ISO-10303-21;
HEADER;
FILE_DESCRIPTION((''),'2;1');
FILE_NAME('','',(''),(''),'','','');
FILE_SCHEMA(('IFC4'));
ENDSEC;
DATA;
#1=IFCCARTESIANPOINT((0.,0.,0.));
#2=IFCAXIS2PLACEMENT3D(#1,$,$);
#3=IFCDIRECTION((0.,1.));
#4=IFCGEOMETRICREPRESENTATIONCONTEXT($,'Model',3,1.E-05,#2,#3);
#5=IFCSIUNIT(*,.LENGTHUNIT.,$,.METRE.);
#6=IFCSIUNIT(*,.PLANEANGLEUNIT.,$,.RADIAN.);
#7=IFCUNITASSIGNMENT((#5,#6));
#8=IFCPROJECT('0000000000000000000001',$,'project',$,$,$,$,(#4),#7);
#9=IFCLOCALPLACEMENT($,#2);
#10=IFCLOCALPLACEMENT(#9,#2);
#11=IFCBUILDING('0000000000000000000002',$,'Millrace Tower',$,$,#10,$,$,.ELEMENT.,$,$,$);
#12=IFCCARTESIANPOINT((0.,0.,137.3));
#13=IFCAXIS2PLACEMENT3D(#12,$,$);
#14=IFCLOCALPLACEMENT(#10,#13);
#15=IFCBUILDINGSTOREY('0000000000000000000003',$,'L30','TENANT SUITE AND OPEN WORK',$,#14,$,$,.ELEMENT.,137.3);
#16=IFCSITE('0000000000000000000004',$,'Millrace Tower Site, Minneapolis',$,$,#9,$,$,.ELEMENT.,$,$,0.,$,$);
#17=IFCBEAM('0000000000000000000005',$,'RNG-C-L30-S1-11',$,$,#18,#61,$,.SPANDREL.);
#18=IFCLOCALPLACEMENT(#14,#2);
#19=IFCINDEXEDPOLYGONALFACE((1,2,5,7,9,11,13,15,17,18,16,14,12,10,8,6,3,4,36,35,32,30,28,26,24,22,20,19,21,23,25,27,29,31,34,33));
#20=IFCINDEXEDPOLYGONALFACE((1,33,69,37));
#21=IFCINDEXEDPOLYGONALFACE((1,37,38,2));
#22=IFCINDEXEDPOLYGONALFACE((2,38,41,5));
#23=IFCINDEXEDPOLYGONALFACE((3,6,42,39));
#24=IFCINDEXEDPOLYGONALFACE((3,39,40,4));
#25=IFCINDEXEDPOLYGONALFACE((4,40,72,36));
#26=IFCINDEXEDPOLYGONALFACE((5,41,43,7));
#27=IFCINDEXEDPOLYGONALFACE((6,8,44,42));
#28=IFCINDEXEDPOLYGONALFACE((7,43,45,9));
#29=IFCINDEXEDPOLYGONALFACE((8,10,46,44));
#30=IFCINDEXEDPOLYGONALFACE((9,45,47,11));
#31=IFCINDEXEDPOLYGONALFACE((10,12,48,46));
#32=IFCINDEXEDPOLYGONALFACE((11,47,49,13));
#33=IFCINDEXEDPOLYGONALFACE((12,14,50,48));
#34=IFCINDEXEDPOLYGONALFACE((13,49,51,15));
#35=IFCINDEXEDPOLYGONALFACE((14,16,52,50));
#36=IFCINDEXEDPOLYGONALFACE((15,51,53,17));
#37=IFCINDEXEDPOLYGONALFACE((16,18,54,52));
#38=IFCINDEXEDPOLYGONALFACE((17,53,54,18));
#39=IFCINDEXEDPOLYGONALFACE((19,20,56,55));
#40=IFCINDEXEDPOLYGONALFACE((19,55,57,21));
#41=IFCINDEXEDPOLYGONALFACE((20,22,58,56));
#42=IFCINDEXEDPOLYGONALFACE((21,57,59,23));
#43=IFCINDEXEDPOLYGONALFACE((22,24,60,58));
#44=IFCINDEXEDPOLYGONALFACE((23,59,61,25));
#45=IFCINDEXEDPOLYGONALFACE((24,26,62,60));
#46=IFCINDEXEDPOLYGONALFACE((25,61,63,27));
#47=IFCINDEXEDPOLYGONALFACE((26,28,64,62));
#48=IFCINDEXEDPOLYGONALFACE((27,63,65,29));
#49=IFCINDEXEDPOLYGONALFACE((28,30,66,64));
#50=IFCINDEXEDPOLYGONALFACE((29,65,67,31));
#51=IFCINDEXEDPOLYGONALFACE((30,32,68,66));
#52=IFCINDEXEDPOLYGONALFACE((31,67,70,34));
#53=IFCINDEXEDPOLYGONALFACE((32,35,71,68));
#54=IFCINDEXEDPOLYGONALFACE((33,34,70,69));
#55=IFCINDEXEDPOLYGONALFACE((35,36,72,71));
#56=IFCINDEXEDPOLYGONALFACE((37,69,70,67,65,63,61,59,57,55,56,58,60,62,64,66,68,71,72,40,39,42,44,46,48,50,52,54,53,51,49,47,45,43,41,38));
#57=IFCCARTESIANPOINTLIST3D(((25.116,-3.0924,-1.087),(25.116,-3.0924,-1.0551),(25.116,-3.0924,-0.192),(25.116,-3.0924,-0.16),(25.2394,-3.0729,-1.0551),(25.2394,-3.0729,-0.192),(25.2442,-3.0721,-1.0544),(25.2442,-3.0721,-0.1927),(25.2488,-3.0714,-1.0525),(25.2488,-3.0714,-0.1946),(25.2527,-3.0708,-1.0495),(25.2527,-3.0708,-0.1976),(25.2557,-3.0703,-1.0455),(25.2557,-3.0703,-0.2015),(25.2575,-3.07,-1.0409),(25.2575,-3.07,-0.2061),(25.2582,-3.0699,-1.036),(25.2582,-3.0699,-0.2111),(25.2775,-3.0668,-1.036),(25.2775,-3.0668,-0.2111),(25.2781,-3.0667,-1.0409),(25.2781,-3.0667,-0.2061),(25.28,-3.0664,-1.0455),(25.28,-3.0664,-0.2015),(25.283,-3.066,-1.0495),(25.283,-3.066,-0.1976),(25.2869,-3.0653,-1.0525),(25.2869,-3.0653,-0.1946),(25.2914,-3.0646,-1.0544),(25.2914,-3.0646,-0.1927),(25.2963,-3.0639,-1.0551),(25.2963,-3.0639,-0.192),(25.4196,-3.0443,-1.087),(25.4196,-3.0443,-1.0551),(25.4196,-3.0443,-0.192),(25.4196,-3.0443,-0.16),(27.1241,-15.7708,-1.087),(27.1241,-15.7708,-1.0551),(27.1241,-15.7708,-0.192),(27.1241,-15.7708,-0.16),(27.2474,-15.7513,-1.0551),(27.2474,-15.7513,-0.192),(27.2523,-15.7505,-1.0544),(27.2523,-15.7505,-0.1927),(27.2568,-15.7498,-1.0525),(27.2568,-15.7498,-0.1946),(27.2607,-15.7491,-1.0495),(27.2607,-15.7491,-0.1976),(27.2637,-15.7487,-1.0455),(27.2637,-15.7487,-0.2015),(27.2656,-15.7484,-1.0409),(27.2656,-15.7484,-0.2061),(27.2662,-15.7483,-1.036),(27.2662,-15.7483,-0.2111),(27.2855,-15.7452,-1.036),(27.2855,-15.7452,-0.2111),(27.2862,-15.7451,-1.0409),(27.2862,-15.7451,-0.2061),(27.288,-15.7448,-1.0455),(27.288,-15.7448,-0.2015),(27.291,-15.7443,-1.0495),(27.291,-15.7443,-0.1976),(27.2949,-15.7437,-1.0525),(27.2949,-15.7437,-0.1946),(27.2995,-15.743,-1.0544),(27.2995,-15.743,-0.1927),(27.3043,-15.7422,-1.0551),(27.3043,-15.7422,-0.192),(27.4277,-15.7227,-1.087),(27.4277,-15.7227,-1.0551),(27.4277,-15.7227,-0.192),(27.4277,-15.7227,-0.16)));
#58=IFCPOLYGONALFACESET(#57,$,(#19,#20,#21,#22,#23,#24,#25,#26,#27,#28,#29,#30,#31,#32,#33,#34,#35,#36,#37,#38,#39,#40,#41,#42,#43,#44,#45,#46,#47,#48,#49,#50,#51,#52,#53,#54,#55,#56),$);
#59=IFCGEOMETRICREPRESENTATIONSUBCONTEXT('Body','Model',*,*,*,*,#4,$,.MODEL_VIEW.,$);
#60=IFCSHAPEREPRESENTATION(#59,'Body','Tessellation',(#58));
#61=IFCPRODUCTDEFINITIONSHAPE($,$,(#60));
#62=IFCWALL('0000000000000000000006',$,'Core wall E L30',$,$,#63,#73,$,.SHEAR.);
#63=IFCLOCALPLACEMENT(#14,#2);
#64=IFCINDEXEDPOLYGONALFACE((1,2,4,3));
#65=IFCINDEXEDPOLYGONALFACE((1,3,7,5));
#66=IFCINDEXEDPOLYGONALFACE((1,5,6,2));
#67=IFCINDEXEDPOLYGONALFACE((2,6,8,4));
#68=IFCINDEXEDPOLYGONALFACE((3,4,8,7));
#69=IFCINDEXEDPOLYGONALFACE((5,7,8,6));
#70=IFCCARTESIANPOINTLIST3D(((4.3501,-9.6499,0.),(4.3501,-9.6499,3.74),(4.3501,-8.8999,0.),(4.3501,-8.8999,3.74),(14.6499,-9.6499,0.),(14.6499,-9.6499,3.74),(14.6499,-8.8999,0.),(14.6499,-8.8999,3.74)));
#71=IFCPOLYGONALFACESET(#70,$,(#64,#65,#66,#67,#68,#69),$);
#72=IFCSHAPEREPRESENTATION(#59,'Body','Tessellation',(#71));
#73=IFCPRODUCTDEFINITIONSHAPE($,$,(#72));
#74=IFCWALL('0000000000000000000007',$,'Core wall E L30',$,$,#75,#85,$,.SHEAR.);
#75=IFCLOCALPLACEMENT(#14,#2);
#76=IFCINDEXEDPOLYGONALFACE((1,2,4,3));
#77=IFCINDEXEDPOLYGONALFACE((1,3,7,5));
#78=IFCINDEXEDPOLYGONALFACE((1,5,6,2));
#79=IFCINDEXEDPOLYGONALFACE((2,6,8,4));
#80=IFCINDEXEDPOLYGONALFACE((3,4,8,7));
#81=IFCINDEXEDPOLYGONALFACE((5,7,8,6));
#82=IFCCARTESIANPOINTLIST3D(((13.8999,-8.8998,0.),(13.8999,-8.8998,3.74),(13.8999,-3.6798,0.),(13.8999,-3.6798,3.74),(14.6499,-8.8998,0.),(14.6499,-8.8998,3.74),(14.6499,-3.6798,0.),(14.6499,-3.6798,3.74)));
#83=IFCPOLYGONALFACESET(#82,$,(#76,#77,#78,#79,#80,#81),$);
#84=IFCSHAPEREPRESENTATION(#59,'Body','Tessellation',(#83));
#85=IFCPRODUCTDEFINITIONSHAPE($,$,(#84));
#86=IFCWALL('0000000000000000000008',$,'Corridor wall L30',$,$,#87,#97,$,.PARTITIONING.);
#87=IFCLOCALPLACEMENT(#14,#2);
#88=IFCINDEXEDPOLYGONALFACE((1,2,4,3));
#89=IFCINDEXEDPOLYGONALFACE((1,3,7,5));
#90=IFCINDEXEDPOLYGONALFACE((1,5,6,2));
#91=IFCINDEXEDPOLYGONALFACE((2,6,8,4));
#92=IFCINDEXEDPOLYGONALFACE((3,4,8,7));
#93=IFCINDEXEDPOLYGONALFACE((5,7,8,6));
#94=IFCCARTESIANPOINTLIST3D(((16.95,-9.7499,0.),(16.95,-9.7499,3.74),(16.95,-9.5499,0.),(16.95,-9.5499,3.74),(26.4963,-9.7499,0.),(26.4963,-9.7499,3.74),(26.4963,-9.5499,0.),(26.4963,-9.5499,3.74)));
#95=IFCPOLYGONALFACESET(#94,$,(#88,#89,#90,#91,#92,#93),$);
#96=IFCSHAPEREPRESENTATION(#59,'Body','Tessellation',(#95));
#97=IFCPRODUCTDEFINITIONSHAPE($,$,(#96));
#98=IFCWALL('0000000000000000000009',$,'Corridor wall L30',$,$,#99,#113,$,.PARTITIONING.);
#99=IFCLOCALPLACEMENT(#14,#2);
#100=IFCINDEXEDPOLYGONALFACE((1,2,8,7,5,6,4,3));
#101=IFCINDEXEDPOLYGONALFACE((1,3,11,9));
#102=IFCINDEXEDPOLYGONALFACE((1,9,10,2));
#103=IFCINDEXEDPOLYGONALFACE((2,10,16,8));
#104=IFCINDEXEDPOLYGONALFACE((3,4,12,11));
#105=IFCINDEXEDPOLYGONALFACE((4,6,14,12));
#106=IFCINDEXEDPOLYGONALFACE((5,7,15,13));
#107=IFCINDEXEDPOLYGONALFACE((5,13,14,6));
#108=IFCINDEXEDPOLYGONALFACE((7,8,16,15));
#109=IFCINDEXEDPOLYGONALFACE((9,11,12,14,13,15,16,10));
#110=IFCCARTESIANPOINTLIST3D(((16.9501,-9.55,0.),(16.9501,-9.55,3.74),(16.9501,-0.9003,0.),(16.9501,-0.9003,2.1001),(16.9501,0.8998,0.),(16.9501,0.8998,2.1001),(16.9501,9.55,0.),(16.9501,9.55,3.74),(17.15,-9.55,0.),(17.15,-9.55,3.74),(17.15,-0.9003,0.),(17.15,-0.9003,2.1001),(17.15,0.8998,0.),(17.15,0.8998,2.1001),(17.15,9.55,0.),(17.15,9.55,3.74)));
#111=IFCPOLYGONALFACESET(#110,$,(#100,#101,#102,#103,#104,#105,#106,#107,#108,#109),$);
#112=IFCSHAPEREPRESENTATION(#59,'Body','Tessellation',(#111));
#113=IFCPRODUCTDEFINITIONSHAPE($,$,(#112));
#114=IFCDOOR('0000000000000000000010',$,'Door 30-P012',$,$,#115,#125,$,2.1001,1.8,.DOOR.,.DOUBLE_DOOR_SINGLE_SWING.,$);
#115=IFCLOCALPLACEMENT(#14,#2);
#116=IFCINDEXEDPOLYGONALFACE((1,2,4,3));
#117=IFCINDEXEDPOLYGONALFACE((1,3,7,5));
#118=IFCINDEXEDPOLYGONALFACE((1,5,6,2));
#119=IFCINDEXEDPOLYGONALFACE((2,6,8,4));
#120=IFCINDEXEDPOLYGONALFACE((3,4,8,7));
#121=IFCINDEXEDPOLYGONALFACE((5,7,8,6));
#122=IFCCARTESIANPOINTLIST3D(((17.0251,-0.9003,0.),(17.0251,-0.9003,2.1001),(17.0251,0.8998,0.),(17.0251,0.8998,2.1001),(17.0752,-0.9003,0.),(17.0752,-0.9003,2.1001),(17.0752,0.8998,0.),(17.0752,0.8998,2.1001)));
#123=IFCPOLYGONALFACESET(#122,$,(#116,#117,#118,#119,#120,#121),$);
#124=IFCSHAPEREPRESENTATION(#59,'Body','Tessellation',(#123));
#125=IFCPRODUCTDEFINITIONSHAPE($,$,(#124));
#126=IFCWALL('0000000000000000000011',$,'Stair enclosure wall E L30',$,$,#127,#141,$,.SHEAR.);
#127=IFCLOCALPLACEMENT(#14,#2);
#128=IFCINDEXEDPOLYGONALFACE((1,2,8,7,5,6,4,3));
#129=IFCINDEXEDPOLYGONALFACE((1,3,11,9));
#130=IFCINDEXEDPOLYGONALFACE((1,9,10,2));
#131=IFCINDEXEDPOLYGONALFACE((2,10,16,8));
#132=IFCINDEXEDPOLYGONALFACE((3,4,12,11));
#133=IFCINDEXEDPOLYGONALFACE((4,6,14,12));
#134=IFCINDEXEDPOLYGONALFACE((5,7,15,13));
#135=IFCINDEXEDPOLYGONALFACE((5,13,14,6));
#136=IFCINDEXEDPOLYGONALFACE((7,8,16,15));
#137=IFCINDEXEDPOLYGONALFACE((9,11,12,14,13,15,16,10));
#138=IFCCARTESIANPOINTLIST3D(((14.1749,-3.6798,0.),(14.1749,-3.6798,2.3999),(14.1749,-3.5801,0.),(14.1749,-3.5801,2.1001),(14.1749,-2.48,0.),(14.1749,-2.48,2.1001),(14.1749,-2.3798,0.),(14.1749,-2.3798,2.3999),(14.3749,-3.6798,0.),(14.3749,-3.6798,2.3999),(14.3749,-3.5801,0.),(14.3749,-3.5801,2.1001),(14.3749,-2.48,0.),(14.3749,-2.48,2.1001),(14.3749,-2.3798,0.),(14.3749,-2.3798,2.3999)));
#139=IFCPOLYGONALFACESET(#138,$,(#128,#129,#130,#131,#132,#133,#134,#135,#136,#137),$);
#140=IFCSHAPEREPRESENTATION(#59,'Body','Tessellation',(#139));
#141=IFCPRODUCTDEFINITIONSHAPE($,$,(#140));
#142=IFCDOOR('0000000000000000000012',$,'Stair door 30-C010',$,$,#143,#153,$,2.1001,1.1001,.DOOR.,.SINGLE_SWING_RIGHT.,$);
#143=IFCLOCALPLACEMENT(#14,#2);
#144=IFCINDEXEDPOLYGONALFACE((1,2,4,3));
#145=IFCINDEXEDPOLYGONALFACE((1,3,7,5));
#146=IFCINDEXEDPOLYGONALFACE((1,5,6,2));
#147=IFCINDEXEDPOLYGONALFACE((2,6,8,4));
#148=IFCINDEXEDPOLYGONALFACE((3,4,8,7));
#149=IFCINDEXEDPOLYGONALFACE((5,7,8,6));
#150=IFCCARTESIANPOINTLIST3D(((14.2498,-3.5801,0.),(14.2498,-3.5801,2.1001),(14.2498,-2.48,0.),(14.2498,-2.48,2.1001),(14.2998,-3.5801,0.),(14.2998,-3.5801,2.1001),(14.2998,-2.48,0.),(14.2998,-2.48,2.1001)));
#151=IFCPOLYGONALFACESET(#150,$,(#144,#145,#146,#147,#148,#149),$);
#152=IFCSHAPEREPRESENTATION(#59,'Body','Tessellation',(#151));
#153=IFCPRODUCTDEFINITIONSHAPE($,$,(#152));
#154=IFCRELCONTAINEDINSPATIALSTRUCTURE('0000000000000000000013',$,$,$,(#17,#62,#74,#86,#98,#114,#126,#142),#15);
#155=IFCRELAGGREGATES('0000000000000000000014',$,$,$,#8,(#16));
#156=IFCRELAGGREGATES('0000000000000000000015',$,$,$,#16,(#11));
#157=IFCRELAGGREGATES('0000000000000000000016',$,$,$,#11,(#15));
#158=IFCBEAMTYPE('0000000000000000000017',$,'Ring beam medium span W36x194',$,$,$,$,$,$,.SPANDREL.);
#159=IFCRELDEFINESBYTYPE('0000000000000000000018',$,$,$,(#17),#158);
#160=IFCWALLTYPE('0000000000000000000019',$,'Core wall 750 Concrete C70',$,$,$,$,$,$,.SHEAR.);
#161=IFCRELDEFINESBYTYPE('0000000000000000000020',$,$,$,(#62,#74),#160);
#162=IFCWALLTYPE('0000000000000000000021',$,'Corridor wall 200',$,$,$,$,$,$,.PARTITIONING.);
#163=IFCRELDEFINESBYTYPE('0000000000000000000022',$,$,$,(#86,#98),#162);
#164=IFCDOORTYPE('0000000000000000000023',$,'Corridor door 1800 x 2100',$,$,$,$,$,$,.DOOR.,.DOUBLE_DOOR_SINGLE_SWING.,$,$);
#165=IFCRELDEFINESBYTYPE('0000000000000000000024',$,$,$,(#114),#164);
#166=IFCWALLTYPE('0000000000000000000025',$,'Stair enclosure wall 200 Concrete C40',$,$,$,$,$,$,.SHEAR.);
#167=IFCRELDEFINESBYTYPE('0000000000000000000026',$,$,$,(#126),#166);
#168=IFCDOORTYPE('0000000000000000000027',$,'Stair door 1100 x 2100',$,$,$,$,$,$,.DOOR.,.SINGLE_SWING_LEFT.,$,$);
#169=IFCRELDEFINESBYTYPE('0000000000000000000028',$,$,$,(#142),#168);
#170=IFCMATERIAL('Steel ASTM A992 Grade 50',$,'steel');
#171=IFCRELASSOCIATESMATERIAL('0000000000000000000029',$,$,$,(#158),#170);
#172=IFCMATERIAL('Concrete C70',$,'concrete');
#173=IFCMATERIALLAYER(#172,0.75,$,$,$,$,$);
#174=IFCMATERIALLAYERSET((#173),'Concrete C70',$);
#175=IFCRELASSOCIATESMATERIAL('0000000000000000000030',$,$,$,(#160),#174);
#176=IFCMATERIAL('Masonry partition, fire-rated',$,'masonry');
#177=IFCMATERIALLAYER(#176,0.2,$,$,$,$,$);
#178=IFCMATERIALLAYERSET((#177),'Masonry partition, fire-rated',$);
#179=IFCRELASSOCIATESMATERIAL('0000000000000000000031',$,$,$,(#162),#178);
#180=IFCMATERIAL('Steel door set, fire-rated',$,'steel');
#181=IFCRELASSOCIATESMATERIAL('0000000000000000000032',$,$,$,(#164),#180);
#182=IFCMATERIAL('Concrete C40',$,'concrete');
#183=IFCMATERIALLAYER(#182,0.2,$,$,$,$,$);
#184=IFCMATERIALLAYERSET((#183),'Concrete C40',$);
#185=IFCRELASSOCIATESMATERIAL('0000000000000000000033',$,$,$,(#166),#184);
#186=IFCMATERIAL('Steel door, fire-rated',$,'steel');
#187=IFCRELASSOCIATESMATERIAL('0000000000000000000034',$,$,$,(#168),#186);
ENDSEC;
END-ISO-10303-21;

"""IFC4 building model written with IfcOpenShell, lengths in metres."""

from ifc_helpers import new_model, si_unit, direction, frame, frame_2d, origin, origin_2d, place, context, subcontext, project, spatial, rectangle, i_section, extrude, material, layer, layer_set, material_profile, profile_set, type_object, element, fill, save


model = new_model("IFC4")

# Units and contexts
model_context = context("Model", 3, precision=1e-05, world=origin(), true_north=direction((0.0, 1.0)))
body_context = subcontext(model_context, "Body", "Model", "MODEL_VIEW")
ifc_project = project(units=[si_unit("LENGTHUNIT", "METRE"), si_unit("PLANEANGLEUNIT", "RADIAN")], contexts=[model_context])

# Site, building, storey
site_placement = place(None, origin())
site = spatial("IfcSite", under=ifc_project, at=site_placement, Name="Millrace Tower Site, Minneapolis", CompositionType="ELEMENT", RefElevation=0.0)
building_placement = place(site_placement, origin())
building = spatial("IfcBuilding", under=site, at=building_placement, Name="Millrace Tower", CompositionType="ELEMENT")
storey_placement = place(building_placement, frame((0.0, 0.0, 137.3)))
storey = spatial("IfcBuildingStorey", under=building, at=storey_placement, Name="L30", Description="TENANT SUITE AND OPEN WORK", CompositionType="ELEMENT", Elevation=137.3)

# Beam
ifc_material_1 = material(Name="Steel ASTM A992 Grade 50", Category="steel")
ifc_material_profile_1 = material_profile(ifc_material_1, i_section(OverallWidth=0.3074, OverallDepth=0.927, WebThickness=0.0195, FlangeThickness=0.032, FilletRadius=0.019, at=origin_2d()))
ifc_profile_set_1 = profile_set([ifc_material_profile_1], Name="Steel ASTM A992 Grade 50")
beam_type_1 = type_object("IfcBeamType", Name="Ring beam medium span W36x194", PredefinedType="SPANDREL", material=ifc_profile_set_1)
beam_1_placement = place(storey_placement, frame((25.2678, -3.0684, -0.6235), z_axis=(0.156433, -0.987689, 0.0), x_axis=(0.987689, 0.156433, 0.0)))
element("IfcBeam", 1, at=beam_1_placement, inside=storey, type_object=beam_type_1, Name="RNG-C-L30-S1-11", PredefinedType="SPANDREL", context=body_context, shape_type="SweptSolid", body=[
    extrude(i_section(OverallWidth=0.3074, OverallDepth=0.927, WebThickness=0.0195, FlangeThickness=0.032, FilletRadius=0.019, at=origin_2d()), origin(), (0.0, 0.0, 1.0), 12.8364),
])

# Walls
ifc_material_2 = material(Name="Concrete C70", Category="concrete")
ifc_layer_1 = layer(ifc_material_2, 0.75)
ifc_layer_set_1 = layer_set([ifc_layer_1], Name="Concrete C70")
wall_type_1 = type_object("IfcWallType", Name="Core wall 750 Concrete C70", PredefinedType="SHEAR", material=ifc_layer_set_1)
wall_1_placement = place(storey_placement, frame((14.6499, -9.2749, 0.0), z_axis=(0.0, 0.0, 1.0), x_axis=(-1.0, 0.0, 0.0)))
element("IfcWall", 2, at=wall_1_placement, inside=storey, type_object=wall_type_1, Name="Core wall E L30", PredefinedType="SHEAR", context=body_context, shape_type="SweptSolid", body=[
    extrude(rectangle(XDim=10.2998, YDim=0.75, at=frame_2d((5.1499, 0.0))), origin(), (0.0, 0.0, 1.0), 3.74),
])
wall_2_placement = place(storey_placement, frame((14.2749, -3.6799, 0.0), z_axis=(0.0, 0.0, 1.0), x_axis=(0.0, -1.0, 0.0)))
element("IfcWall", 3, at=wall_2_placement, inside=storey, type_object=wall_type_1, Name="Core wall E L30", PredefinedType="SHEAR", context=body_context, shape_type="SweptSolid", body=[
    extrude(rectangle(XDim=5.22, YDim=0.75, at=frame_2d((2.6099, 0.0))), origin(), (0.0, 0.0, 1.0), 3.74),
])
ifc_material_3 = material(Name="Masonry partition, fire-rated", Category="masonry")
ifc_layer_2 = layer(ifc_material_3, 0.2)
ifc_layer_set_2 = layer_set([ifc_layer_2], Name="Masonry partition, fire-rated")
wall_type_2 = type_object("IfcWallType", Name="Corridor wall 200", PredefinedType="PARTITIONING", material=ifc_layer_set_2)
wall_3_placement = place(storey_placement, frame((16.95, -9.6499, 0.0), z_axis=(0.0, 0.0, 1.0), x_axis=(1.0, 0.0, 0.0)))
element("IfcWall", 4, at=wall_3_placement, inside=storey, type_object=wall_type_2, Name="Corridor wall L30", PredefinedType="PARTITIONING", context=body_context, shape_type="SweptSolid", body=[
    extrude(rectangle(XDim=9.5464, YDim=0.2, at=frame_2d((4.7732, 0.0))), origin(), (0.0, 0.0, 1.0), 3.74),
])

# Walls, openings, doors
wall_4_placement = place(storey_placement, frame((17.05, -9.55, 0.0), z_axis=(0.0, 0.0, 1.0), x_axis=(0.0, 1.0, 0.0)))
wall_4 = element("IfcWall", 5, at=wall_4_placement, inside=storey, type_object=wall_type_2, Name="Corridor wall L30", PredefinedType="PARTITIONING", context=body_context, shape_type="SweptSolid", body=[
    extrude(rectangle(XDim=19.1001, YDim=0.2, at=frame_2d((9.55, 0.0))), origin(), (0.0, 0.0, 1.0), 3.74),
])
opening_1_placement = place(wall_4_placement, frame((8.6499, 0.0, 0.0)))
opening_1 = element("IfcOpeningElement", 6, at=opening_1_placement, cuts=wall_4, PredefinedType="OPENING", context=body_context, shape_type="SweptSolid", body=[
    extrude(rectangle(XDim=1.8, YDim=2.1001, at=frame_2d((0.8999, 1.05))), frame((0.0, 0.1099, 0.0), z_axis=(0.0, -1.0, 0.0), x_axis=(1.0, 0.0, 0.0)), (0.0, 0.0, 1.0), 0.22),
])
ifc_material_4 = material(Name="Steel door set, fire-rated", Category="steel")
door_type_1 = type_object("IfcDoorType", Name="Corridor door 1800 x 2100", OperationType="DOUBLE_DOOR_SINGLE_SWING", PredefinedType="DOOR", material=ifc_material_4)
door_1_placement = place(opening_1_placement, origin())
door_1 = element("IfcDoor", 7, at=door_1_placement, inside=storey, type_object=door_type_1, Name="Door 30-P012", OperationType="DOUBLE_DOOR_SINGLE_SWING", OverallHeight=2.1001, OverallWidth=1.8, PredefinedType="DOOR", context=body_context, shape_type="SweptSolid", body=[
    extrude(rectangle(XDim=1.8, YDim=2.1001, at=frame_2d((0.8999, 1.05))), frame((0.0, 0.0249, 0.0), z_axis=(0.0, -1.0, 0.0), x_axis=(1.0, 0.0, 0.0)), (0.0, 0.0, 1.0), 0.05),
])
fill(opening_1, door_1)
ifc_material_5 = material(Name="Concrete C40", Category="concrete")
ifc_layer_3 = layer(ifc_material_5, 0.2)
ifc_layer_set_3 = layer_set([ifc_layer_3], Name="Concrete C40")
wall_type_3 = type_object("IfcWallType", Name="Stair enclosure wall 200 Concrete C40", PredefinedType="SHEAR", material=ifc_layer_set_3)
wall_5_placement = place(storey_placement, frame((14.2749, -2.3799, 0.0), z_axis=(0.0, 0.0, 1.0), x_axis=(0.0, -1.0, 0.0)))
wall_5 = element("IfcWall", 8, at=wall_5_placement, inside=storey, type_object=wall_type_3, Name="Stair enclosure wall E L30", PredefinedType="SHEAR", context=body_context, shape_type="SweptSolid", body=[
    extrude(rectangle(XDim=1.3, YDim=0.2, at=frame_2d((0.6499, 0.0))), origin(), (0.0, 0.0, 1.0), 2.3999),
])
opening_2_placement = place(wall_5_placement, frame((0.1001, 0.0, 0.0)))
opening_2 = element("IfcOpeningElement", 9, at=opening_2_placement, cuts=wall_5, PredefinedType="OPENING", context=body_context, shape_type="SweptSolid", body=[
    extrude(rectangle(XDim=1.1001, YDim=2.1001, at=frame_2d((0.55, 1.05))), frame((0.0, 0.1099, 0.0), z_axis=(0.0, -1.0, 0.0), x_axis=(1.0, 0.0, 0.0)), (0.0, 0.0, 1.0), 0.22),
])
ifc_material_6 = material(Name="Steel door, fire-rated", Category="steel")
door_type_2 = type_object("IfcDoorType", Name="Stair door 1100 x 2100", OperationType="SINGLE_SWING_LEFT", PredefinedType="DOOR", material=ifc_material_6)
door_2_placement = place(opening_2_placement, origin())
door_2 = element("IfcDoor", 10, at=door_2_placement, inside=storey, type_object=door_type_2, Name="Stair door 30-C010", OperationType="SINGLE_SWING_RIGHT", OverallHeight=2.1001, OverallWidth=1.1001, PredefinedType="DOOR", context=body_context, shape_type="SweptSolid", body=[
    extrude(rectangle(XDim=1.1001, YDim=2.1001, at=frame_2d((0.55, 1.05))), frame((0.0, 0.0249, 0.0), z_axis=(0.0, -1.0, 0.0), x_axis=(1.0, 0.0, 0.0)), (0.0, 0.0, 1.0), 0.05),
])
fill(opening_2, door_2)

save(model, "model.ifc")
